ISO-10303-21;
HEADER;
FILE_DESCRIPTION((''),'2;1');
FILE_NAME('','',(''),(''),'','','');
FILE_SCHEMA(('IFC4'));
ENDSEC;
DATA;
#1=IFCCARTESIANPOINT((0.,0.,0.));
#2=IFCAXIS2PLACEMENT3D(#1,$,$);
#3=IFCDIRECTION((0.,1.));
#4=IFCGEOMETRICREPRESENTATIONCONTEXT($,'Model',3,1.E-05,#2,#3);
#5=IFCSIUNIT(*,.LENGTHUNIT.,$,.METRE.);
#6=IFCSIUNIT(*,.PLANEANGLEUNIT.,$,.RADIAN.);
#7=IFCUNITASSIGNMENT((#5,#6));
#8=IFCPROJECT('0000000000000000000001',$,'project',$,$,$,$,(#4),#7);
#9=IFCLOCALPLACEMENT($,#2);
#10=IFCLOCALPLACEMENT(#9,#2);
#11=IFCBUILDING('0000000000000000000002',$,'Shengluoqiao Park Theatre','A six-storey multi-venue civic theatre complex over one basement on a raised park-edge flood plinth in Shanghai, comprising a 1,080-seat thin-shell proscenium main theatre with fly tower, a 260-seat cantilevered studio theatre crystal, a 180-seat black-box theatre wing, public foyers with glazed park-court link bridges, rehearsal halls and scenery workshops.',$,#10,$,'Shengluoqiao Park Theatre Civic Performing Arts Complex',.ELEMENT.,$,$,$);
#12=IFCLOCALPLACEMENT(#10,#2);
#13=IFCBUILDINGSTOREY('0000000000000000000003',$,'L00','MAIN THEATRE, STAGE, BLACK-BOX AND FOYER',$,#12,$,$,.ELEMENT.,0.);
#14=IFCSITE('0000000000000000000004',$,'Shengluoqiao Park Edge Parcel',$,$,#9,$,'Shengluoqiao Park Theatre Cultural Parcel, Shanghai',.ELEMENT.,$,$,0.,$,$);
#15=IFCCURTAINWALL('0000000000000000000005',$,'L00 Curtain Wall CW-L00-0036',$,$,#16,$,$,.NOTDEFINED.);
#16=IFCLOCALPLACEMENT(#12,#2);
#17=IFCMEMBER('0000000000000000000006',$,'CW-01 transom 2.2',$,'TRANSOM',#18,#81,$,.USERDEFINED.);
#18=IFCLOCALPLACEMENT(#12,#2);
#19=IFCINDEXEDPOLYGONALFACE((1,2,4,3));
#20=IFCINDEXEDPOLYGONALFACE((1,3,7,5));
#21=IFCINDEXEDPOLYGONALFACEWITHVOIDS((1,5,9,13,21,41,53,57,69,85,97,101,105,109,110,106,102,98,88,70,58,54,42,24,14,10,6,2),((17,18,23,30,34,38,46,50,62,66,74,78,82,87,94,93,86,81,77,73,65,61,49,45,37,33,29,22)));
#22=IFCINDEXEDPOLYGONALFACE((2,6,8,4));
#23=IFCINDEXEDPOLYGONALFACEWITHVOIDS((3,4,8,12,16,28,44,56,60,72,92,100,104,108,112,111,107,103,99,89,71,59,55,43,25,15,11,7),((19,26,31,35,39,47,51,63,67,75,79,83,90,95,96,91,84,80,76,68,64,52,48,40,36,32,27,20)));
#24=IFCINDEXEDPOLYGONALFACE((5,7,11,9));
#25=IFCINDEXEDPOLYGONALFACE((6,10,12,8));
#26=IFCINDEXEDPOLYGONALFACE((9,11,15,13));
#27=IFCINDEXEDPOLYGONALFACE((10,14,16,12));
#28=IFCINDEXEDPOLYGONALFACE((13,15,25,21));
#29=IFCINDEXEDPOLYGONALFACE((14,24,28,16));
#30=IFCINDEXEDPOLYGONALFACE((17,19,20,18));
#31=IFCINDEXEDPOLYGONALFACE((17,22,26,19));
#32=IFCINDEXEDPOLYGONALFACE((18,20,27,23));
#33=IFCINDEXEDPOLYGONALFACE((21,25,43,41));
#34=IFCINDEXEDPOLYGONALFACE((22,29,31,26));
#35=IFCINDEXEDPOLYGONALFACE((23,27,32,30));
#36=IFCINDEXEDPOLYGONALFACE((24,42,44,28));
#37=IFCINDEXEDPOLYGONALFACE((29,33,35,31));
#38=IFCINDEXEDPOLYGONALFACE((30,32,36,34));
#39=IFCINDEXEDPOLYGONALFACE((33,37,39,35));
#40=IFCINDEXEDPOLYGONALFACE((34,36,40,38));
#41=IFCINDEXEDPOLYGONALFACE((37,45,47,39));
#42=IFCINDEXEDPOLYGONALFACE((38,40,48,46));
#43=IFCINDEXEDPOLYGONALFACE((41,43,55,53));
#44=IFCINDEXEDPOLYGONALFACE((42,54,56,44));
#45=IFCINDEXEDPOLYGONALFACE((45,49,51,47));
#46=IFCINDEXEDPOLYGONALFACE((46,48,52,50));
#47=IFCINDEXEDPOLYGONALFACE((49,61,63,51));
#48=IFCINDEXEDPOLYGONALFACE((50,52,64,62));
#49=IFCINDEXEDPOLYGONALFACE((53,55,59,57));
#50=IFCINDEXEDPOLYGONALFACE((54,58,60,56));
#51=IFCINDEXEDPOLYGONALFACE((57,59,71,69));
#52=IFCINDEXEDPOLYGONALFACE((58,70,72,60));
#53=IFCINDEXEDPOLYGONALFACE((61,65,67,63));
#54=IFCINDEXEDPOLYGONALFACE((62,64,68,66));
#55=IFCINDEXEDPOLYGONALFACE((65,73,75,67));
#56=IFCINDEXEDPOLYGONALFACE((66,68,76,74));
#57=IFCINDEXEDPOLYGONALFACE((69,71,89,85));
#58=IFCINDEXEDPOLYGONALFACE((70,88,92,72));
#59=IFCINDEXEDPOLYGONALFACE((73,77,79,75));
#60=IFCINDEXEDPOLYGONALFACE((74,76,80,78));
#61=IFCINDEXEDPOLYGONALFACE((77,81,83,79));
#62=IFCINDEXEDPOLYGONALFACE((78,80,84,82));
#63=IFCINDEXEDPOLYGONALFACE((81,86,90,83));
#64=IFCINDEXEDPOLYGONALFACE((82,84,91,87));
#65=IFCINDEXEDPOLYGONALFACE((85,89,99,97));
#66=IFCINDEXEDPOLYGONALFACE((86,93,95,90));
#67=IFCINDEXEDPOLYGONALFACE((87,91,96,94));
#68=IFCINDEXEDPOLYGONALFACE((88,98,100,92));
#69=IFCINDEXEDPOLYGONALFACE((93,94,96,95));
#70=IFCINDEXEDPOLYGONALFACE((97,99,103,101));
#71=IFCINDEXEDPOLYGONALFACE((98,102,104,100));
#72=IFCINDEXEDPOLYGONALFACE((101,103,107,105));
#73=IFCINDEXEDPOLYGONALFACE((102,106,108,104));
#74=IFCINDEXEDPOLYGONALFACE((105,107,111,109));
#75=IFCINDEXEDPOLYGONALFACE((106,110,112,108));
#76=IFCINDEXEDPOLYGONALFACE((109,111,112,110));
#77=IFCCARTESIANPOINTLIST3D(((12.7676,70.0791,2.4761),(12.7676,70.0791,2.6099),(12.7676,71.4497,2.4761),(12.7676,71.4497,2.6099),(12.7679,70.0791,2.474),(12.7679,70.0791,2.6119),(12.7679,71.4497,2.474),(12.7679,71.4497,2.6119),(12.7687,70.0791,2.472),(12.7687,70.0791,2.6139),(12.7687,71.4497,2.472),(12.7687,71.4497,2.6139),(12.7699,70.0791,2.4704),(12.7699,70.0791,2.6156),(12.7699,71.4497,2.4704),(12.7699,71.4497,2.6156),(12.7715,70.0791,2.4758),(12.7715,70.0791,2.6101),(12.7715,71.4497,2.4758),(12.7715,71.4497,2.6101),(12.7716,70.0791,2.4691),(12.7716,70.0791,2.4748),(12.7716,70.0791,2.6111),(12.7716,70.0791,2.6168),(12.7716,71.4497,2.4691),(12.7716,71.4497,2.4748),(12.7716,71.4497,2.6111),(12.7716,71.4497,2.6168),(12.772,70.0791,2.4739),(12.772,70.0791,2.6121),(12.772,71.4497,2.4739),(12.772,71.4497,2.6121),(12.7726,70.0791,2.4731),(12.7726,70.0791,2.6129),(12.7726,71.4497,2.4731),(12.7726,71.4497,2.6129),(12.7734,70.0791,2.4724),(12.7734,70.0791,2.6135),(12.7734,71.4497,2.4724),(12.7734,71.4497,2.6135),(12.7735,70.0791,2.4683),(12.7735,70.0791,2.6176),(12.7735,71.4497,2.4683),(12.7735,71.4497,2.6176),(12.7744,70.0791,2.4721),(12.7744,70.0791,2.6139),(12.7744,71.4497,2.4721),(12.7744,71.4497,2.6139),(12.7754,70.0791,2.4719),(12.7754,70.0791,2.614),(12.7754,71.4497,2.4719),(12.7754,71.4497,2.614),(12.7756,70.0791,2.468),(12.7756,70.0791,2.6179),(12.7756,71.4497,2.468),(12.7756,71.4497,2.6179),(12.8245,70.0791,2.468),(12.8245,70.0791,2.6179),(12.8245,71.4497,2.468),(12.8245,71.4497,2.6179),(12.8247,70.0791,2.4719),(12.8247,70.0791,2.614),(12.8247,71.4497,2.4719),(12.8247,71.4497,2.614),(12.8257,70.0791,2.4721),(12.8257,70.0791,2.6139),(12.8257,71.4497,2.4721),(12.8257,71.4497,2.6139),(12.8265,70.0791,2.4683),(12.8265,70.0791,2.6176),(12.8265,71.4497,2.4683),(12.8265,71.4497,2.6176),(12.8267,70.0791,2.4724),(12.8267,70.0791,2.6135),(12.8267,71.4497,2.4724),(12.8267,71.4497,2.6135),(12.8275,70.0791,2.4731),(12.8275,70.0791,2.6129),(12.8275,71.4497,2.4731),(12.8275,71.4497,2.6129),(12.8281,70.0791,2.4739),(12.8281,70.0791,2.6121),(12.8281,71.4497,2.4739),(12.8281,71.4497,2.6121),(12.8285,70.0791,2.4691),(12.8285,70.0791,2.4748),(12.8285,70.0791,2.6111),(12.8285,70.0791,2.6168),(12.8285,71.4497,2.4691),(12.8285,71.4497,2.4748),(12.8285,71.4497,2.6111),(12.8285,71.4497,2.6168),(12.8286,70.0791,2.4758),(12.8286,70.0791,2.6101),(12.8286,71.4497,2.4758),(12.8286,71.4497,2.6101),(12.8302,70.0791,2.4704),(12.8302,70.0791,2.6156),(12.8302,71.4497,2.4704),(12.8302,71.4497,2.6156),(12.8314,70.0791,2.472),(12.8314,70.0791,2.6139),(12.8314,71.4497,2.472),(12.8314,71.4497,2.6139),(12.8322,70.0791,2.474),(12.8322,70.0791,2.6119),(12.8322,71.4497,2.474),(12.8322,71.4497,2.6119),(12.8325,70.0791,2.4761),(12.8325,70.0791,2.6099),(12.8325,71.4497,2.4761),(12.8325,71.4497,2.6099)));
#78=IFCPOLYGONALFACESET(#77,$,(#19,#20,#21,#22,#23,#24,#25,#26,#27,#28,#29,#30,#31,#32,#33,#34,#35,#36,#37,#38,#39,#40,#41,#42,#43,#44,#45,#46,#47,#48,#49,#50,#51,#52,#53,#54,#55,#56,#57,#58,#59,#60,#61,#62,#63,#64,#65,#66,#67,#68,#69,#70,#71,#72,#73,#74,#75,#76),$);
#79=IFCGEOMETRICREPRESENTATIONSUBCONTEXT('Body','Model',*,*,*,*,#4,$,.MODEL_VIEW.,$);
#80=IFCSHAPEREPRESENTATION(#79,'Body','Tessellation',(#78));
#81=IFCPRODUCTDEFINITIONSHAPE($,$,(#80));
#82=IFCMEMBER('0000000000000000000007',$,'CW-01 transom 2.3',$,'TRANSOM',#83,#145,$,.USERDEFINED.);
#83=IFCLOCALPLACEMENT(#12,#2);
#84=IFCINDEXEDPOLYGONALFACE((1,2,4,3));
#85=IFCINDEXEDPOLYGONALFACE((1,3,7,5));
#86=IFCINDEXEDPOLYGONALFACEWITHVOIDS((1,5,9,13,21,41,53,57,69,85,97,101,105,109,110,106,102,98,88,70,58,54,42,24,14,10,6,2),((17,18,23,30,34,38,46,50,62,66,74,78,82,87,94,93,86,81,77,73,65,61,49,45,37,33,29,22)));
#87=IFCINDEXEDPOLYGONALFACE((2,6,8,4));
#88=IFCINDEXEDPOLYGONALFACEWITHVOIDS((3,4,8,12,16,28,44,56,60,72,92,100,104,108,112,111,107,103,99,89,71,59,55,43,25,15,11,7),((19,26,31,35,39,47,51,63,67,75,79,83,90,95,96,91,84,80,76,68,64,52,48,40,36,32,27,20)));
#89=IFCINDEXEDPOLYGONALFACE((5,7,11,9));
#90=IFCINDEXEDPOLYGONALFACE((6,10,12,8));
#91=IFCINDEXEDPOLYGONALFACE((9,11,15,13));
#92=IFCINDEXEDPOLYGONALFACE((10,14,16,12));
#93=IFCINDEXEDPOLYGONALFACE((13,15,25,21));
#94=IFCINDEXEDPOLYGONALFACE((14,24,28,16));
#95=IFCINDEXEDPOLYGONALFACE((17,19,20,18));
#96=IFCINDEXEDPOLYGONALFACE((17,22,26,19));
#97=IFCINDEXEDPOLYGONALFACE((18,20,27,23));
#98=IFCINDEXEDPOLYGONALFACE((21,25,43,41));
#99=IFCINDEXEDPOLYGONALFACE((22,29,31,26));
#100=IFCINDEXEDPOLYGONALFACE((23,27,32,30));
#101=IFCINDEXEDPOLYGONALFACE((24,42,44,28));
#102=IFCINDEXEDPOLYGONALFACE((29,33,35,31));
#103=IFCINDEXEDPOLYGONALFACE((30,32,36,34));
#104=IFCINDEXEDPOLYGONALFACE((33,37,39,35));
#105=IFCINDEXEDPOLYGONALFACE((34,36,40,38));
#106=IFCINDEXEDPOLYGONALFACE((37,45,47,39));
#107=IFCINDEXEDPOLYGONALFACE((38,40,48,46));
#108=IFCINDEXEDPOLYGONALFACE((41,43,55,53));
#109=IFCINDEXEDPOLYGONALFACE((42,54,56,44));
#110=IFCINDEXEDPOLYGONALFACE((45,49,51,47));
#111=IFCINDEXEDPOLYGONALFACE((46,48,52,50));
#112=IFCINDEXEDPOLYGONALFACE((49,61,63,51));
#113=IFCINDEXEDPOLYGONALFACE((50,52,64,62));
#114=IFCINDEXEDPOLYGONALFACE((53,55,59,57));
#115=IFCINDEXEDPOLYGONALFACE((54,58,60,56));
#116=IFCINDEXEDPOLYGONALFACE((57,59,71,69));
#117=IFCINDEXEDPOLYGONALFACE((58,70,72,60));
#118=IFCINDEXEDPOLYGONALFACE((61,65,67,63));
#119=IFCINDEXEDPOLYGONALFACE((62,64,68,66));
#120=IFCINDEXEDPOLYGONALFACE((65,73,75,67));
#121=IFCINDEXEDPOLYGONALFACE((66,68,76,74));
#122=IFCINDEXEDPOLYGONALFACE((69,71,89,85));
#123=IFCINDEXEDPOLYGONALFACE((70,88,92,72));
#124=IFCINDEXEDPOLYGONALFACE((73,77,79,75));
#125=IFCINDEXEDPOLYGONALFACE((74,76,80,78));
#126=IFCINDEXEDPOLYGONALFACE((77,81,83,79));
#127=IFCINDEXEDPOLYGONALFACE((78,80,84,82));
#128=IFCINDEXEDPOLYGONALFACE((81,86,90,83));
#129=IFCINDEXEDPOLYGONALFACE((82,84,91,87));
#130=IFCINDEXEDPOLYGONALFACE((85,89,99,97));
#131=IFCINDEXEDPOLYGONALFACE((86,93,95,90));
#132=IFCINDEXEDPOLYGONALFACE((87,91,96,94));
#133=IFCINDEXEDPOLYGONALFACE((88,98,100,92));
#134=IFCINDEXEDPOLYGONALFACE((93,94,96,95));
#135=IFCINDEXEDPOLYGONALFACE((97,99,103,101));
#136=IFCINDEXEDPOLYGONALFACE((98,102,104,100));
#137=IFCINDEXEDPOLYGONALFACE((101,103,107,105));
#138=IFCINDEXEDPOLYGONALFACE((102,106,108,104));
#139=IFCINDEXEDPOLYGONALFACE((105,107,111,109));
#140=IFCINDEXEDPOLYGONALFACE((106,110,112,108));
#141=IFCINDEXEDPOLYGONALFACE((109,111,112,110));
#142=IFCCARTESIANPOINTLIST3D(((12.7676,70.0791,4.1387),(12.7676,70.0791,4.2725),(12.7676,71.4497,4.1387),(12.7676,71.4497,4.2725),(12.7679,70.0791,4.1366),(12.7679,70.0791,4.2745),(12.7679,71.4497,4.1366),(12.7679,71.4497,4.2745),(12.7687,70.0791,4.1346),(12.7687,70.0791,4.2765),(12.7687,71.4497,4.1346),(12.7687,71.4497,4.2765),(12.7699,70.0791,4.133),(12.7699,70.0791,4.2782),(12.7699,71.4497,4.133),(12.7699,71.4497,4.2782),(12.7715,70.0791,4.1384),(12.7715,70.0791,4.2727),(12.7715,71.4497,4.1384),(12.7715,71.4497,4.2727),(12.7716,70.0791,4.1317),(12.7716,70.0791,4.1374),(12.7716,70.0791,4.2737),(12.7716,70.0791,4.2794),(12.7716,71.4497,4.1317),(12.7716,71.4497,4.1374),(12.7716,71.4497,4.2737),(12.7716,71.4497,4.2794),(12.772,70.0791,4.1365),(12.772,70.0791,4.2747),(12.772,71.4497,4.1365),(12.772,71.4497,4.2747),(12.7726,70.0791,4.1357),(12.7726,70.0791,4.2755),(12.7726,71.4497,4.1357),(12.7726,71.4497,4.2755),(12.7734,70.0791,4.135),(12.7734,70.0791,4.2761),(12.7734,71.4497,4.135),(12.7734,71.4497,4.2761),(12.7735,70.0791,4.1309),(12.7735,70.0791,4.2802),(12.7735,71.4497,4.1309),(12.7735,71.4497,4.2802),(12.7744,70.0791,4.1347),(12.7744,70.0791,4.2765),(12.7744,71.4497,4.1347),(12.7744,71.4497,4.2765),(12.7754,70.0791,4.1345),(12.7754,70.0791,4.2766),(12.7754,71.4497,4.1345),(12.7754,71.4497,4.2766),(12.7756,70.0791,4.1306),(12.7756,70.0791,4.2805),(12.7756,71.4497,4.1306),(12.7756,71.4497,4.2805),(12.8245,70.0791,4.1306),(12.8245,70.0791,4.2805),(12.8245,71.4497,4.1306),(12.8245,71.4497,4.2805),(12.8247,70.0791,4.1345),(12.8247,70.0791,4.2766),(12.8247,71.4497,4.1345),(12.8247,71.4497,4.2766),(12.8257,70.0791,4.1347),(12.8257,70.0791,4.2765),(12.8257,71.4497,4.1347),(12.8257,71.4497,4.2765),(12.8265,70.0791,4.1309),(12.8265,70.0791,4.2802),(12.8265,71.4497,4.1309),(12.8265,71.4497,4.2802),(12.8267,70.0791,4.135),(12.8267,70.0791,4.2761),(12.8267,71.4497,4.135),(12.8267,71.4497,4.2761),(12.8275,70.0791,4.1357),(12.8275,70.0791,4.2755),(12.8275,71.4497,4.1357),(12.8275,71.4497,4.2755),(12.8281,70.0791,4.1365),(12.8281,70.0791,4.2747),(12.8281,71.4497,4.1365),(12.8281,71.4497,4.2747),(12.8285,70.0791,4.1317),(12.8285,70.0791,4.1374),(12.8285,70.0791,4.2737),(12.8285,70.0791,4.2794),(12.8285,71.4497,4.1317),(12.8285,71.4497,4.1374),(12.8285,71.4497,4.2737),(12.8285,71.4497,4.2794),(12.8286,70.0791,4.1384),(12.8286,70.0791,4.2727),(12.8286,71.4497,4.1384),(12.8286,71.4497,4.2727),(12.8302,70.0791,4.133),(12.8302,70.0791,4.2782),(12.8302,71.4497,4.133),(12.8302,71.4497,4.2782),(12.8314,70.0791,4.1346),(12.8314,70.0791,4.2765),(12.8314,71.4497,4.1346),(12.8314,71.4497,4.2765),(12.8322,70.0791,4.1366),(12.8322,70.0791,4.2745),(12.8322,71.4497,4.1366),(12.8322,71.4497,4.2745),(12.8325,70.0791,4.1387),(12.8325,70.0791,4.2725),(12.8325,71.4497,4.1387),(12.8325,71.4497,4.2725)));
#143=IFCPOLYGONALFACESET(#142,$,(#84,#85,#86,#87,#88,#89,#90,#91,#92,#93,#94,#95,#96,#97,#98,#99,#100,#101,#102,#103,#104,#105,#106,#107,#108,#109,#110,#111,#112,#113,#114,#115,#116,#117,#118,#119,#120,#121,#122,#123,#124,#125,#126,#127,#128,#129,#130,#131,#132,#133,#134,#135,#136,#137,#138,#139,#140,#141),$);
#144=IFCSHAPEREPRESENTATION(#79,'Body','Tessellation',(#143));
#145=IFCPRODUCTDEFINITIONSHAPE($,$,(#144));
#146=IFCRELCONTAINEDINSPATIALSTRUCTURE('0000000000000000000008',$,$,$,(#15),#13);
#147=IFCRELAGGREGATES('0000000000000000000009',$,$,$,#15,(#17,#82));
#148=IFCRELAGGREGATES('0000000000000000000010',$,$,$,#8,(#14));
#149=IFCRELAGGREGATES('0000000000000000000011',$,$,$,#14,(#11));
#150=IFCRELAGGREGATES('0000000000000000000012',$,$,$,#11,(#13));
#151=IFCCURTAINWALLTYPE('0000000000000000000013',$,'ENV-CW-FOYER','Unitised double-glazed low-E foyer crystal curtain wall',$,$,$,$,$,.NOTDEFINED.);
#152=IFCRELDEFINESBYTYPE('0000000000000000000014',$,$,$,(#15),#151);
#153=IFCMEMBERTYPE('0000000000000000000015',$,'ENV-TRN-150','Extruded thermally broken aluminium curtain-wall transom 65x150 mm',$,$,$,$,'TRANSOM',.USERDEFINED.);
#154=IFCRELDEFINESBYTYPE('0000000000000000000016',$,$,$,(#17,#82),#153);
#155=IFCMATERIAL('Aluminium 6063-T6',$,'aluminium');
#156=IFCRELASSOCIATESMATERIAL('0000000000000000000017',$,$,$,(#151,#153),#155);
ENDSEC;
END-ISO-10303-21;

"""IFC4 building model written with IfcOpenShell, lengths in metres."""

from ifc_helpers import new_model, si_unit, direction, frame, origin, origin_2d, place, context, subcontext, project, spatial, hollow_rectangle, extrude, material, material_profile, profile_set, type_object, element, aggregate, save


model = new_model("IFC4")

# Units and contexts
model_context = context("Model", 3, precision=1e-05, world=origin(), true_north=direction((0.0, 1.0)))
body_context = subcontext(model_context, "Body", "Model", "MODEL_VIEW")
ifc_project = project(units=[si_unit("LENGTHUNIT", "METRE"), si_unit("PLANEANGLEUNIT", "RADIAN")], contexts=[model_context])

# Site, building, storey
site_placement = place(None, origin())
site = spatial("IfcSite", under=ifc_project, at=site_placement, Name="Shengluoqiao Park Edge Parcel", LongName="Shengluoqiao Park Theatre Cultural Parcel, Shanghai", CompositionType="ELEMENT", RefElevation=0.0)
building_placement = place(site_placement, origin())
building = spatial("IfcBuilding", under=site, at=building_placement, Name="Shengluoqiao Park Theatre", Description="A six-storey multi-venue civic theatre complex over one basement on a raised park-edge flood plinth in Shanghai, comprising a 1,080-seat thin-shell proscenium main theatre with fly tower, a 260-seat cantilevered studio theatre crystal, a 180-seat black-box theatre wing, public foyers with glazed park-court link bridges, rehearsal halls and scenery workshops.", LongName="Shengluoqiao Park Theatre Civic Performing Arts Complex", CompositionType="ELEMENT")
storey_placement = place(building_placement, origin())
storey = spatial("IfcBuildingStorey", under=building, at=storey_placement, Name="L00", Description="MAIN THEATRE, STAGE, BLACK-BOX AND FOYER", CompositionType="ELEMENT", Elevation=0.0)

# Curtain wall, members
ifc_material_1 = material(Name="Aluminium 6063-T6", Category="aluminium")
curtain_wall_type = type_object("IfcCurtainWallType", Name="ENV-CW-FOYER", Description="Unitised double-glazed low-E foyer crystal curtain wall", PredefinedType="NOTDEFINED", material=ifc_material_1)
curtain_wall_placement = place(storey_placement, origin())
curtain_wall = element("IfcCurtainWall", 1, at=curtain_wall_placement, inside=storey, type_object=curtain_wall_type, Name="L00 Curtain Wall CW-L00-0036", PredefinedType="NOTDEFINED")
ifc_material_profile_1 = material_profile(ifc_material_1, hollow_rectangle(XDim=0.0649, YDim=0.1499, WallThickness=0.0039, InnerFilletRadius=0.0039, OuterFilletRadius=0.0081, at=origin_2d()), Name="ALU TRANSOM 150x65x4")
ifc_profile_set_1 = profile_set([ifc_material_profile_1], Name="Aluminium 6063-T6")
member_type_1 = type_object("IfcMemberType", Name="ENV-TRN-150", Description="Extruded thermally broken aluminium curtain-wall transom 65x150 mm", ElementType="TRANSOM", PredefinedType="USERDEFINED", material=ifc_profile_set_1)
member_1_placement = place(storey_placement, frame((12.8, 70.0791, 2.543), z_axis=(0.0, 1.0, 0.0), x_axis=(-1.0, 0.0, 0.0)))
member_1 = element("IfcMember", 2, at=member_1_placement, type_object=member_type_1, Name="CW-01 transom 2.2", ObjectType="TRANSOM", PredefinedType="USERDEFINED", context=body_context, shape_type="SweptSolid", body=[
    extrude(hollow_rectangle(XDim=0.0649, YDim=0.1499, WallThickness=0.0039, InnerFilletRadius=0.0039, OuterFilletRadius=0.0081, at=origin_2d()), origin(), (0.0, 0.0, 1.0), 1.3706),
])
member_2_placement = place(storey_placement, frame((12.8, 70.0791, 4.2056), z_axis=(0.0, 1.0, 0.0), x_axis=(-1.0, 0.0, 0.0)))
member_2 = element("IfcMember", 3, at=member_2_placement, type_object=member_type_1, Name="CW-01 transom 2.3", ObjectType="TRANSOM", PredefinedType="USERDEFINED", context=body_context, shape_type="SweptSolid", body=[
    extrude(hollow_rectangle(XDim=0.0649, YDim=0.1499, WallThickness=0.0039, InnerFilletRadius=0.0039, OuterFilletRadius=0.0081, at=origin_2d()), origin(), (0.0, 0.0, 1.0), 1.3706),
])

aggregate(curtain_wall, [member_1, member_2])

save(model, "model.ifc")
